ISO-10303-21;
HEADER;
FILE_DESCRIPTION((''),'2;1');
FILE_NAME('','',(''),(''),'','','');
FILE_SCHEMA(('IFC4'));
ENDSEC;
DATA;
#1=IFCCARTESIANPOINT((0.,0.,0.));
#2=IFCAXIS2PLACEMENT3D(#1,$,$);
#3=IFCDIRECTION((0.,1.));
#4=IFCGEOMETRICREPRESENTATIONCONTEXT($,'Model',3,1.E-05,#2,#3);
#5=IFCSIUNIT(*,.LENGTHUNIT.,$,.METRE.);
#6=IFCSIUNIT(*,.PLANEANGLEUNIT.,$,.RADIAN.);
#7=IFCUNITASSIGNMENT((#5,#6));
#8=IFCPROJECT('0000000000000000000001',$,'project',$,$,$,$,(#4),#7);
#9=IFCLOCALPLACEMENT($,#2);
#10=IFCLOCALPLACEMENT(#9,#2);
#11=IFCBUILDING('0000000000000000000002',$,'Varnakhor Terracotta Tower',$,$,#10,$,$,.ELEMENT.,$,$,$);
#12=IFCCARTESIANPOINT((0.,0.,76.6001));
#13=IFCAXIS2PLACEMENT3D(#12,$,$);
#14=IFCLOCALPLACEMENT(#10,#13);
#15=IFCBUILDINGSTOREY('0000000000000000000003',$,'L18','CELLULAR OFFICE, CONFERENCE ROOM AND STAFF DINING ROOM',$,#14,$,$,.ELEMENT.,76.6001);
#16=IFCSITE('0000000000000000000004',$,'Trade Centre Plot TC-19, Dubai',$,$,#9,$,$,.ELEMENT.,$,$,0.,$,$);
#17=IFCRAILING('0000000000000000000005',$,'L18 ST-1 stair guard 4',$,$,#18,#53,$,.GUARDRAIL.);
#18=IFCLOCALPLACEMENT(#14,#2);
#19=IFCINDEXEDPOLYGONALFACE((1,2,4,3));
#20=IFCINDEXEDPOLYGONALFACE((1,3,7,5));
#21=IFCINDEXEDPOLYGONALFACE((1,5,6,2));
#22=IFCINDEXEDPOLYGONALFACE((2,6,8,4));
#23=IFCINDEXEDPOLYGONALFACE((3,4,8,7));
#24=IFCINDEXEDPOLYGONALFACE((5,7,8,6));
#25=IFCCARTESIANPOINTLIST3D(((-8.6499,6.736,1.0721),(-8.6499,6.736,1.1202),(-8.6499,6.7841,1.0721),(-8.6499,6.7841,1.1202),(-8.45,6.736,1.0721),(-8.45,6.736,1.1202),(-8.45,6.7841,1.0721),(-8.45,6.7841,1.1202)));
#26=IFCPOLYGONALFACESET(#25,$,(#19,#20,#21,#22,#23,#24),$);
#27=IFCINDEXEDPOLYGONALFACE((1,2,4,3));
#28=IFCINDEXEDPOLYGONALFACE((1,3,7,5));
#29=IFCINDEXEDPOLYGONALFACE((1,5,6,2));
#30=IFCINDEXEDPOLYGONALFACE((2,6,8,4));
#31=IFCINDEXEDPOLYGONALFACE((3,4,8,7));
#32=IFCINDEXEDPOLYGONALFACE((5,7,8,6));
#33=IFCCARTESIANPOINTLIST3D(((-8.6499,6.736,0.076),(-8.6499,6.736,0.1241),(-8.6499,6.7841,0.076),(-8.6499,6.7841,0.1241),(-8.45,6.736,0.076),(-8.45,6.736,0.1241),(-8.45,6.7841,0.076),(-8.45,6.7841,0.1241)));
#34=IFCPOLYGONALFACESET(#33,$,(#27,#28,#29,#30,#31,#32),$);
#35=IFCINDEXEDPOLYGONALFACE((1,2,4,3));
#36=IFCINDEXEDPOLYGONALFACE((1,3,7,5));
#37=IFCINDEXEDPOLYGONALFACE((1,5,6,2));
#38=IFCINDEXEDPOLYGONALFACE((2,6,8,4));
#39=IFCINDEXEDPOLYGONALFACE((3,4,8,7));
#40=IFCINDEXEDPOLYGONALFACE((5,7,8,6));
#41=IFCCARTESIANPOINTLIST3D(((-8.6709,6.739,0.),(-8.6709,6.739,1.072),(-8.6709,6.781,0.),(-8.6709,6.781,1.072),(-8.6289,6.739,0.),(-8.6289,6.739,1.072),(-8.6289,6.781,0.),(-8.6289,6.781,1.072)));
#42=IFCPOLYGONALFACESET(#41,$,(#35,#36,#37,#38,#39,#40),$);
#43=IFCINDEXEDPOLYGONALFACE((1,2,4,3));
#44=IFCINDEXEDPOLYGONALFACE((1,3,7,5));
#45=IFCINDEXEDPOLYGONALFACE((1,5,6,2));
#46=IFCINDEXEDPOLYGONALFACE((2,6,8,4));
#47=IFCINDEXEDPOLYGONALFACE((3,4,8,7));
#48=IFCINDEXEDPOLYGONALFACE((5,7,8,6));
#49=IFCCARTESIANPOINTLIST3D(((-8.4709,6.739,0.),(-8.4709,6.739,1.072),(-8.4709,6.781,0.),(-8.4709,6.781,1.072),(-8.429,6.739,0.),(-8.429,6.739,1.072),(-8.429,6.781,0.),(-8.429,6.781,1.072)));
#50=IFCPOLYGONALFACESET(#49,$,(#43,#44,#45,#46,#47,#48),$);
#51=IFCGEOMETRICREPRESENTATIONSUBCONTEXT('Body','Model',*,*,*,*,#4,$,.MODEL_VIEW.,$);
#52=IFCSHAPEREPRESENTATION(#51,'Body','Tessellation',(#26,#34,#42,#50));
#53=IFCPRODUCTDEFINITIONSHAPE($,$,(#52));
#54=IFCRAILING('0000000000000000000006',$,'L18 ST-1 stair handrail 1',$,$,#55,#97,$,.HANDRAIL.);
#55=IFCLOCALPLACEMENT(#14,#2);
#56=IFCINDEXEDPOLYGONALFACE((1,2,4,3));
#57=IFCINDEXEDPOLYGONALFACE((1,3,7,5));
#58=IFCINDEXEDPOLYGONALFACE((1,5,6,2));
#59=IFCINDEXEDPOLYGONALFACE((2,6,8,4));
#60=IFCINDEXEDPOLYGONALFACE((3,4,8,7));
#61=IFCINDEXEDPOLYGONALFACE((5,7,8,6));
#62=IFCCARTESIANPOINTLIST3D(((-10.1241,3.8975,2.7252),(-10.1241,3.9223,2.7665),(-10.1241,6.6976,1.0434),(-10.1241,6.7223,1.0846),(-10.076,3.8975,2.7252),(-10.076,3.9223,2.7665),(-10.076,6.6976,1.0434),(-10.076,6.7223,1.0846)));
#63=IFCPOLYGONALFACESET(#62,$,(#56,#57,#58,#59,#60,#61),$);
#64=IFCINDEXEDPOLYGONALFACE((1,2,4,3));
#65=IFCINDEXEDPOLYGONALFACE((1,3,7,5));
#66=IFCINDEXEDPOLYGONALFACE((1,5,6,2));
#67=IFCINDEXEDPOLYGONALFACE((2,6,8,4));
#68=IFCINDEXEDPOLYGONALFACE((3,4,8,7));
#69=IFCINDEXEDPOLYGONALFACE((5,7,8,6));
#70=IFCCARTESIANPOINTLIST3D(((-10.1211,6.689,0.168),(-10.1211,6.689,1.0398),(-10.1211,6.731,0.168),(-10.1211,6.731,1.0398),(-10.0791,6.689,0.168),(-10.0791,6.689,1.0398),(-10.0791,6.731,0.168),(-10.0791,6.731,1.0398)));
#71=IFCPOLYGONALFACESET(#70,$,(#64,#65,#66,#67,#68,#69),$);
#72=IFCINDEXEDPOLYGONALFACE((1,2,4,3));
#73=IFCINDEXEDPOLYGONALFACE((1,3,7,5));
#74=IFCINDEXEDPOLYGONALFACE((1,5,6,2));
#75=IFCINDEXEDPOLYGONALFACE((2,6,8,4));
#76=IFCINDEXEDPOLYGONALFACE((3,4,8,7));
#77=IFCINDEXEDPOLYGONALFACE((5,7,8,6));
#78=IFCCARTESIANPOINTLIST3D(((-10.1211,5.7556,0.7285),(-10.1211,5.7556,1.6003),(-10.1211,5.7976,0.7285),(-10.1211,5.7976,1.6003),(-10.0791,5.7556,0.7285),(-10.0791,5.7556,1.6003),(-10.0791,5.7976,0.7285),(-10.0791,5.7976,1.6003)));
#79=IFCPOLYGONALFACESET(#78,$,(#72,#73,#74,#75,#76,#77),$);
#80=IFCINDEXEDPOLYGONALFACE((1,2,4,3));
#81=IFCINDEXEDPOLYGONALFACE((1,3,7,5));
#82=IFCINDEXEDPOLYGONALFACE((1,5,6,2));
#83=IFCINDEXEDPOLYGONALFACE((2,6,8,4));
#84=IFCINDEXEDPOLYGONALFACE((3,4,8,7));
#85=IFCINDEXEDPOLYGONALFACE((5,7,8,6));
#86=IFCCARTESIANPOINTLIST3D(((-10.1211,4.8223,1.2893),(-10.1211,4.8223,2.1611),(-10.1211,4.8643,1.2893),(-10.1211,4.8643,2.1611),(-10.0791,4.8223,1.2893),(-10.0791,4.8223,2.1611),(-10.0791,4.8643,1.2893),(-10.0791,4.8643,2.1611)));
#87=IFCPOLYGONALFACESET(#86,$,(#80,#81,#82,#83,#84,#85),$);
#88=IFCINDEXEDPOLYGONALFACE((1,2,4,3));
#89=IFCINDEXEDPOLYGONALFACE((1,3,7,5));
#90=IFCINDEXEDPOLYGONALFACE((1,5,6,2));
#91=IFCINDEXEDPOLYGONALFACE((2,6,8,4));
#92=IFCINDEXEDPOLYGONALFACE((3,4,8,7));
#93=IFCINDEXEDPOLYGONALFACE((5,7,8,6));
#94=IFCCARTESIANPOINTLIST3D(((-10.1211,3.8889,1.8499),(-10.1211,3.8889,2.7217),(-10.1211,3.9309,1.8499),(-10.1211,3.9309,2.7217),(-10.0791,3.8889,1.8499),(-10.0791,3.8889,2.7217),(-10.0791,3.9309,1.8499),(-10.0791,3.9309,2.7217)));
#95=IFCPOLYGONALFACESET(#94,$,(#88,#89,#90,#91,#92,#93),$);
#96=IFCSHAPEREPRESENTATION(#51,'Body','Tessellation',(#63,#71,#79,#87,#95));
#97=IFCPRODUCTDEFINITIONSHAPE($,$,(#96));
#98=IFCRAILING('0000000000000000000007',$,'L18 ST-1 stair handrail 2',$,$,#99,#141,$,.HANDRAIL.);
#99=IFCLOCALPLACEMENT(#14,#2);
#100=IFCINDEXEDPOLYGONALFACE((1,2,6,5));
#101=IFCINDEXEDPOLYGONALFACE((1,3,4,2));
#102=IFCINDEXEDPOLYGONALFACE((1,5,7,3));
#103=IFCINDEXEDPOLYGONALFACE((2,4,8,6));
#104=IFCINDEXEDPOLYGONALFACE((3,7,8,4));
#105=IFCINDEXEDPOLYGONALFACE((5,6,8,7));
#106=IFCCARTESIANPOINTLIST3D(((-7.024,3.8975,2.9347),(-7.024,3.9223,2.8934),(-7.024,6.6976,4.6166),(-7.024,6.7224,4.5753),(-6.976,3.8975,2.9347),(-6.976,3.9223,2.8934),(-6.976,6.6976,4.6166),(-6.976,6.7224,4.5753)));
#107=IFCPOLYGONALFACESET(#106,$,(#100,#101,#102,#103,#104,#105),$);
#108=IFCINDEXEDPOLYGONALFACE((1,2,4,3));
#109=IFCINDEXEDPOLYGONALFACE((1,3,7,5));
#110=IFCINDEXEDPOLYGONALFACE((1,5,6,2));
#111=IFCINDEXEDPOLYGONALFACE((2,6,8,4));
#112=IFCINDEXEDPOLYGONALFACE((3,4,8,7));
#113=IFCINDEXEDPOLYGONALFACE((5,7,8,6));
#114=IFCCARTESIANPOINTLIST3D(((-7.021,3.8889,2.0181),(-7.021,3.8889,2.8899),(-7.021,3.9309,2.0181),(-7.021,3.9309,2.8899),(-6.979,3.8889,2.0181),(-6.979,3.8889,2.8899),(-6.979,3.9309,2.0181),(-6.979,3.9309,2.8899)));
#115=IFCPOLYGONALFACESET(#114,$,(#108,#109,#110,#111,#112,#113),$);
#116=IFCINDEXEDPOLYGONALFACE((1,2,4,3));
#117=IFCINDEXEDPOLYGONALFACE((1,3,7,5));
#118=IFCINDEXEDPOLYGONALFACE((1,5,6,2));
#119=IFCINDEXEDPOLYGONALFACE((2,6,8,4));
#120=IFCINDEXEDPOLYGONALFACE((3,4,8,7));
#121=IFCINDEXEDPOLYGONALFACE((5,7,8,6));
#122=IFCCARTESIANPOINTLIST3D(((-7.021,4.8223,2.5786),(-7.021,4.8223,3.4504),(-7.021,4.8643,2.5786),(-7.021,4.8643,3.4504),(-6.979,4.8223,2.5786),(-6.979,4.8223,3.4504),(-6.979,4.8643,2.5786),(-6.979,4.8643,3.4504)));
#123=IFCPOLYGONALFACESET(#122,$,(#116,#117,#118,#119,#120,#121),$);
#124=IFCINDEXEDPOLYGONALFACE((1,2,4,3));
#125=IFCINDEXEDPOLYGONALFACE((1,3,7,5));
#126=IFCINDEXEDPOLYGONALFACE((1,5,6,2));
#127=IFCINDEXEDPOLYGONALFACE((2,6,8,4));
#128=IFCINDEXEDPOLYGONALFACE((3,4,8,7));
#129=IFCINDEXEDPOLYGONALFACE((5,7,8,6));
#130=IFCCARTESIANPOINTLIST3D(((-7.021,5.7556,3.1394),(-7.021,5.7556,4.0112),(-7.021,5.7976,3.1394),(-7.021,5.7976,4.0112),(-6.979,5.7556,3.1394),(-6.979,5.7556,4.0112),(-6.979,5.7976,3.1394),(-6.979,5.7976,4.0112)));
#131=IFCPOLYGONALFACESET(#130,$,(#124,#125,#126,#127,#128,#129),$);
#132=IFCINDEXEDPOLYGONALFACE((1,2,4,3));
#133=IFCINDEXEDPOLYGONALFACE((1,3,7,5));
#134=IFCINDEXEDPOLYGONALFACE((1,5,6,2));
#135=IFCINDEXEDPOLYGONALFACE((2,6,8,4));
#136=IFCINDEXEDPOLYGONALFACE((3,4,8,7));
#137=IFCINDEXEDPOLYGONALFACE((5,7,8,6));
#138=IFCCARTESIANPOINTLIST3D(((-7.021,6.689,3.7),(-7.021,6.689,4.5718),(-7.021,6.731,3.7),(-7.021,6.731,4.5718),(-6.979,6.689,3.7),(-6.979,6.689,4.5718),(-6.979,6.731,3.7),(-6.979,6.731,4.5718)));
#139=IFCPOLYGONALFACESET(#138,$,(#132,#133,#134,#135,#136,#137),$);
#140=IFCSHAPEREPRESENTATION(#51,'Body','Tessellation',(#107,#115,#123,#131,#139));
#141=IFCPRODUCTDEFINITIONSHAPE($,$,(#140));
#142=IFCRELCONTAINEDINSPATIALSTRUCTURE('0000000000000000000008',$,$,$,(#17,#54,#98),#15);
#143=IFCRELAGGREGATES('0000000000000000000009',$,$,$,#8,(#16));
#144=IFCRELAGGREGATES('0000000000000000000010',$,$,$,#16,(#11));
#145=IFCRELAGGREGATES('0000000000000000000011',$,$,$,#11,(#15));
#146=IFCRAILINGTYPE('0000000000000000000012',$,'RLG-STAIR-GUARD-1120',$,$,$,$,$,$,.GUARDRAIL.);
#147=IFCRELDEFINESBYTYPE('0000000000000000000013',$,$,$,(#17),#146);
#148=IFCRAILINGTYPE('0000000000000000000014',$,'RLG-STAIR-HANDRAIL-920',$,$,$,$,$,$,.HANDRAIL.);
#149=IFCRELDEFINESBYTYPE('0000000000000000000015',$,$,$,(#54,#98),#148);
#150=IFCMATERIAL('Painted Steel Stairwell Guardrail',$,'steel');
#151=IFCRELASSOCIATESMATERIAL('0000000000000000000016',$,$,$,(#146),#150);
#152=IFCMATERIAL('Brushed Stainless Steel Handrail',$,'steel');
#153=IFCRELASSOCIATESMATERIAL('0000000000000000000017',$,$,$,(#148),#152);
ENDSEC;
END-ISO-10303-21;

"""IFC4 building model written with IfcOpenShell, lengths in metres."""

from ifc_helpers import new_model, si_unit, direction, frame, origin, origin_2d, place, context, subcontext, project, spatial, rectangle, extrude, material, type_object, element, save


model = new_model("IFC4")

# Units and contexts
model_context = context("Model", 3, precision=1e-05, world=origin(), true_north=direction((0.0, 1.0)))
body_context = subcontext(model_context, "Body", "Model", "MODEL_VIEW")
ifc_project = project(units=[si_unit("LENGTHUNIT", "METRE"), si_unit("PLANEANGLEUNIT", "RADIAN")], contexts=[model_context])

# Site, building, storey
site_placement = place(None, origin())
site = spatial("IfcSite", under=ifc_project, at=site_placement, Name="Trade Centre Plot TC-19, Dubai", CompositionType="ELEMENT", RefElevation=0.0)
building_placement = place(site_placement, origin())
building = spatial("IfcBuilding", under=site, at=building_placement, Name="Varnakhor Terracotta Tower", CompositionType="ELEMENT")
storey_placement = place(building_placement, frame((0.0, 0.0, 76.6001)))
storey = spatial("IfcBuildingStorey", under=building, at=storey_placement, Name="L18", Description="CELLULAR OFFICE, CONFERENCE ROOM AND STAFF DINING ROOM", CompositionType="ELEMENT", Elevation=76.6001)

# Railings
ifc_material_1 = material(Name="Painted Steel Stairwell Guardrail", Category="steel")
railing_type_1 = type_object("IfcRailingType", Name="RLG-STAIR-GUARD-1120", PredefinedType="GUARDRAIL", material=ifc_material_1)
railing_1_placement = place(storey_placement, frame((-8.6499, 6.76, 0.0)))
element("IfcRailing", 1, at=railing_1_placement, inside=storey, type_object=railing_type_1, Name="L18 ST-1 stair guard 4", PredefinedType="GUARDRAIL", context=body_context, shape_type="SweptSolid", body=[
    extrude(rectangle(XDim=0.0481, YDim=0.0481, at=origin_2d()), frame((0.0, 0.0, 1.0962), z_axis=(1.0, 0.0, 0.0), x_axis=(0.0, 1.0, 0.0)), (0.0, 0.0, 1.0), 0.2),
    extrude(rectangle(XDim=0.0481, YDim=0.0481, at=origin_2d()), frame((0.0, 0.0, 0.1001), z_axis=(1.0, 0.0, 0.0), x_axis=(0.0, 1.0, 0.0)), (0.0, 0.0, 1.0), 0.2),
    extrude(rectangle(XDim=0.042, YDim=0.042, at=origin_2d()), origin(), (0.0, 0.0, 1.0), 1.072),
    extrude(rectangle(XDim=0.042, YDim=0.042, at=origin_2d()), frame((0.2, 0.0, 0.0)), (0.0, 0.0, 1.0), 1.072),
])
ifc_material_2 = material(Name="Brushed Stainless Steel Handrail", Category="steel")
railing_type_2 = type_object("IfcRailingType", Name="RLG-STAIR-HANDRAIL-920", PredefinedType="HANDRAIL", material=ifc_material_2)
railing_2_placement = place(storey_placement, frame((-10.1001, 6.71, 0.168)))
element("IfcRailing", 2, at=railing_2_placement, inside=storey, type_object=railing_type_2, Name="L18 ST-1 stair handrail 1", PredefinedType="HANDRAIL", context=body_context, shape_type="SweptSolid", body=[
    extrude(rectangle(XDim=0.0481, YDim=0.0481, at=origin_2d()), frame((0.0, 0.0, 0.896), z_axis=(0.0, -0.857242, 0.514913), x_axis=(1.0, 0.0, 0.0)), (0.0, 0.0, 1.0), 3.2664),
    extrude(rectangle(XDim=0.042, YDim=0.042, at=origin_2d()), origin(), (0.0, 0.0, 1.0), 0.8718),
    extrude(rectangle(XDim=0.042, YDim=0.042, at=origin_2d()), frame((0.0, -0.9333, 0.5605)), (0.0, 0.0, 1.0), 0.8718),
    extrude(rectangle(XDim=0.042, YDim=0.042, at=origin_2d()), frame((0.0, -1.8667, 1.1213)), (0.0, 0.0, 1.0), 0.8718),
    extrude(rectangle(XDim=0.042, YDim=0.042, at=origin_2d()), frame((0.0, -2.8, 1.6819)), (0.0, 0.0, 1.0), 0.8718),
])
railing_3_placement = place(storey_placement, frame((-7.0, 3.9099, 2.0181)))
element("IfcRailing", 3, at=railing_3_placement, inside=storey, type_object=railing_type_2, Name="L18 ST-1 stair handrail 2", PredefinedType="HANDRAIL", context=body_context, shape_type="SweptSolid", body=[
    extrude(rectangle(XDim=0.0481, YDim=0.0481, at=origin_2d()), frame((0.0, 0.0, 0.896), z_axis=(0.0, 0.857242, 0.514913), x_axis=(-1.0, 0.0, 0.0)), (0.0, 0.0, 1.0), 3.2664),
    extrude(rectangle(XDim=0.042, YDim=0.042, at=origin_2d()), origin(), (0.0, 0.0, 1.0), 0.8718),
    extrude(rectangle(XDim=0.042, YDim=0.042, at=origin_2d()), frame((0.0, 0.9333, 0.5605)), (0.0, 0.0, 1.0), 0.8718),
    extrude(rectangle(XDim=0.042, YDim=0.042, at=origin_2d()), frame((0.0, 1.8667, 1.1213)), (0.0, 0.0, 1.0), 0.8718),
    extrude(rectangle(XDim=0.042, YDim=0.042, at=origin_2d()), frame((0.0, 2.8, 1.6819)), (0.0, 0.0, 1.0), 0.8718),
])

save(model, "model.ifc")
